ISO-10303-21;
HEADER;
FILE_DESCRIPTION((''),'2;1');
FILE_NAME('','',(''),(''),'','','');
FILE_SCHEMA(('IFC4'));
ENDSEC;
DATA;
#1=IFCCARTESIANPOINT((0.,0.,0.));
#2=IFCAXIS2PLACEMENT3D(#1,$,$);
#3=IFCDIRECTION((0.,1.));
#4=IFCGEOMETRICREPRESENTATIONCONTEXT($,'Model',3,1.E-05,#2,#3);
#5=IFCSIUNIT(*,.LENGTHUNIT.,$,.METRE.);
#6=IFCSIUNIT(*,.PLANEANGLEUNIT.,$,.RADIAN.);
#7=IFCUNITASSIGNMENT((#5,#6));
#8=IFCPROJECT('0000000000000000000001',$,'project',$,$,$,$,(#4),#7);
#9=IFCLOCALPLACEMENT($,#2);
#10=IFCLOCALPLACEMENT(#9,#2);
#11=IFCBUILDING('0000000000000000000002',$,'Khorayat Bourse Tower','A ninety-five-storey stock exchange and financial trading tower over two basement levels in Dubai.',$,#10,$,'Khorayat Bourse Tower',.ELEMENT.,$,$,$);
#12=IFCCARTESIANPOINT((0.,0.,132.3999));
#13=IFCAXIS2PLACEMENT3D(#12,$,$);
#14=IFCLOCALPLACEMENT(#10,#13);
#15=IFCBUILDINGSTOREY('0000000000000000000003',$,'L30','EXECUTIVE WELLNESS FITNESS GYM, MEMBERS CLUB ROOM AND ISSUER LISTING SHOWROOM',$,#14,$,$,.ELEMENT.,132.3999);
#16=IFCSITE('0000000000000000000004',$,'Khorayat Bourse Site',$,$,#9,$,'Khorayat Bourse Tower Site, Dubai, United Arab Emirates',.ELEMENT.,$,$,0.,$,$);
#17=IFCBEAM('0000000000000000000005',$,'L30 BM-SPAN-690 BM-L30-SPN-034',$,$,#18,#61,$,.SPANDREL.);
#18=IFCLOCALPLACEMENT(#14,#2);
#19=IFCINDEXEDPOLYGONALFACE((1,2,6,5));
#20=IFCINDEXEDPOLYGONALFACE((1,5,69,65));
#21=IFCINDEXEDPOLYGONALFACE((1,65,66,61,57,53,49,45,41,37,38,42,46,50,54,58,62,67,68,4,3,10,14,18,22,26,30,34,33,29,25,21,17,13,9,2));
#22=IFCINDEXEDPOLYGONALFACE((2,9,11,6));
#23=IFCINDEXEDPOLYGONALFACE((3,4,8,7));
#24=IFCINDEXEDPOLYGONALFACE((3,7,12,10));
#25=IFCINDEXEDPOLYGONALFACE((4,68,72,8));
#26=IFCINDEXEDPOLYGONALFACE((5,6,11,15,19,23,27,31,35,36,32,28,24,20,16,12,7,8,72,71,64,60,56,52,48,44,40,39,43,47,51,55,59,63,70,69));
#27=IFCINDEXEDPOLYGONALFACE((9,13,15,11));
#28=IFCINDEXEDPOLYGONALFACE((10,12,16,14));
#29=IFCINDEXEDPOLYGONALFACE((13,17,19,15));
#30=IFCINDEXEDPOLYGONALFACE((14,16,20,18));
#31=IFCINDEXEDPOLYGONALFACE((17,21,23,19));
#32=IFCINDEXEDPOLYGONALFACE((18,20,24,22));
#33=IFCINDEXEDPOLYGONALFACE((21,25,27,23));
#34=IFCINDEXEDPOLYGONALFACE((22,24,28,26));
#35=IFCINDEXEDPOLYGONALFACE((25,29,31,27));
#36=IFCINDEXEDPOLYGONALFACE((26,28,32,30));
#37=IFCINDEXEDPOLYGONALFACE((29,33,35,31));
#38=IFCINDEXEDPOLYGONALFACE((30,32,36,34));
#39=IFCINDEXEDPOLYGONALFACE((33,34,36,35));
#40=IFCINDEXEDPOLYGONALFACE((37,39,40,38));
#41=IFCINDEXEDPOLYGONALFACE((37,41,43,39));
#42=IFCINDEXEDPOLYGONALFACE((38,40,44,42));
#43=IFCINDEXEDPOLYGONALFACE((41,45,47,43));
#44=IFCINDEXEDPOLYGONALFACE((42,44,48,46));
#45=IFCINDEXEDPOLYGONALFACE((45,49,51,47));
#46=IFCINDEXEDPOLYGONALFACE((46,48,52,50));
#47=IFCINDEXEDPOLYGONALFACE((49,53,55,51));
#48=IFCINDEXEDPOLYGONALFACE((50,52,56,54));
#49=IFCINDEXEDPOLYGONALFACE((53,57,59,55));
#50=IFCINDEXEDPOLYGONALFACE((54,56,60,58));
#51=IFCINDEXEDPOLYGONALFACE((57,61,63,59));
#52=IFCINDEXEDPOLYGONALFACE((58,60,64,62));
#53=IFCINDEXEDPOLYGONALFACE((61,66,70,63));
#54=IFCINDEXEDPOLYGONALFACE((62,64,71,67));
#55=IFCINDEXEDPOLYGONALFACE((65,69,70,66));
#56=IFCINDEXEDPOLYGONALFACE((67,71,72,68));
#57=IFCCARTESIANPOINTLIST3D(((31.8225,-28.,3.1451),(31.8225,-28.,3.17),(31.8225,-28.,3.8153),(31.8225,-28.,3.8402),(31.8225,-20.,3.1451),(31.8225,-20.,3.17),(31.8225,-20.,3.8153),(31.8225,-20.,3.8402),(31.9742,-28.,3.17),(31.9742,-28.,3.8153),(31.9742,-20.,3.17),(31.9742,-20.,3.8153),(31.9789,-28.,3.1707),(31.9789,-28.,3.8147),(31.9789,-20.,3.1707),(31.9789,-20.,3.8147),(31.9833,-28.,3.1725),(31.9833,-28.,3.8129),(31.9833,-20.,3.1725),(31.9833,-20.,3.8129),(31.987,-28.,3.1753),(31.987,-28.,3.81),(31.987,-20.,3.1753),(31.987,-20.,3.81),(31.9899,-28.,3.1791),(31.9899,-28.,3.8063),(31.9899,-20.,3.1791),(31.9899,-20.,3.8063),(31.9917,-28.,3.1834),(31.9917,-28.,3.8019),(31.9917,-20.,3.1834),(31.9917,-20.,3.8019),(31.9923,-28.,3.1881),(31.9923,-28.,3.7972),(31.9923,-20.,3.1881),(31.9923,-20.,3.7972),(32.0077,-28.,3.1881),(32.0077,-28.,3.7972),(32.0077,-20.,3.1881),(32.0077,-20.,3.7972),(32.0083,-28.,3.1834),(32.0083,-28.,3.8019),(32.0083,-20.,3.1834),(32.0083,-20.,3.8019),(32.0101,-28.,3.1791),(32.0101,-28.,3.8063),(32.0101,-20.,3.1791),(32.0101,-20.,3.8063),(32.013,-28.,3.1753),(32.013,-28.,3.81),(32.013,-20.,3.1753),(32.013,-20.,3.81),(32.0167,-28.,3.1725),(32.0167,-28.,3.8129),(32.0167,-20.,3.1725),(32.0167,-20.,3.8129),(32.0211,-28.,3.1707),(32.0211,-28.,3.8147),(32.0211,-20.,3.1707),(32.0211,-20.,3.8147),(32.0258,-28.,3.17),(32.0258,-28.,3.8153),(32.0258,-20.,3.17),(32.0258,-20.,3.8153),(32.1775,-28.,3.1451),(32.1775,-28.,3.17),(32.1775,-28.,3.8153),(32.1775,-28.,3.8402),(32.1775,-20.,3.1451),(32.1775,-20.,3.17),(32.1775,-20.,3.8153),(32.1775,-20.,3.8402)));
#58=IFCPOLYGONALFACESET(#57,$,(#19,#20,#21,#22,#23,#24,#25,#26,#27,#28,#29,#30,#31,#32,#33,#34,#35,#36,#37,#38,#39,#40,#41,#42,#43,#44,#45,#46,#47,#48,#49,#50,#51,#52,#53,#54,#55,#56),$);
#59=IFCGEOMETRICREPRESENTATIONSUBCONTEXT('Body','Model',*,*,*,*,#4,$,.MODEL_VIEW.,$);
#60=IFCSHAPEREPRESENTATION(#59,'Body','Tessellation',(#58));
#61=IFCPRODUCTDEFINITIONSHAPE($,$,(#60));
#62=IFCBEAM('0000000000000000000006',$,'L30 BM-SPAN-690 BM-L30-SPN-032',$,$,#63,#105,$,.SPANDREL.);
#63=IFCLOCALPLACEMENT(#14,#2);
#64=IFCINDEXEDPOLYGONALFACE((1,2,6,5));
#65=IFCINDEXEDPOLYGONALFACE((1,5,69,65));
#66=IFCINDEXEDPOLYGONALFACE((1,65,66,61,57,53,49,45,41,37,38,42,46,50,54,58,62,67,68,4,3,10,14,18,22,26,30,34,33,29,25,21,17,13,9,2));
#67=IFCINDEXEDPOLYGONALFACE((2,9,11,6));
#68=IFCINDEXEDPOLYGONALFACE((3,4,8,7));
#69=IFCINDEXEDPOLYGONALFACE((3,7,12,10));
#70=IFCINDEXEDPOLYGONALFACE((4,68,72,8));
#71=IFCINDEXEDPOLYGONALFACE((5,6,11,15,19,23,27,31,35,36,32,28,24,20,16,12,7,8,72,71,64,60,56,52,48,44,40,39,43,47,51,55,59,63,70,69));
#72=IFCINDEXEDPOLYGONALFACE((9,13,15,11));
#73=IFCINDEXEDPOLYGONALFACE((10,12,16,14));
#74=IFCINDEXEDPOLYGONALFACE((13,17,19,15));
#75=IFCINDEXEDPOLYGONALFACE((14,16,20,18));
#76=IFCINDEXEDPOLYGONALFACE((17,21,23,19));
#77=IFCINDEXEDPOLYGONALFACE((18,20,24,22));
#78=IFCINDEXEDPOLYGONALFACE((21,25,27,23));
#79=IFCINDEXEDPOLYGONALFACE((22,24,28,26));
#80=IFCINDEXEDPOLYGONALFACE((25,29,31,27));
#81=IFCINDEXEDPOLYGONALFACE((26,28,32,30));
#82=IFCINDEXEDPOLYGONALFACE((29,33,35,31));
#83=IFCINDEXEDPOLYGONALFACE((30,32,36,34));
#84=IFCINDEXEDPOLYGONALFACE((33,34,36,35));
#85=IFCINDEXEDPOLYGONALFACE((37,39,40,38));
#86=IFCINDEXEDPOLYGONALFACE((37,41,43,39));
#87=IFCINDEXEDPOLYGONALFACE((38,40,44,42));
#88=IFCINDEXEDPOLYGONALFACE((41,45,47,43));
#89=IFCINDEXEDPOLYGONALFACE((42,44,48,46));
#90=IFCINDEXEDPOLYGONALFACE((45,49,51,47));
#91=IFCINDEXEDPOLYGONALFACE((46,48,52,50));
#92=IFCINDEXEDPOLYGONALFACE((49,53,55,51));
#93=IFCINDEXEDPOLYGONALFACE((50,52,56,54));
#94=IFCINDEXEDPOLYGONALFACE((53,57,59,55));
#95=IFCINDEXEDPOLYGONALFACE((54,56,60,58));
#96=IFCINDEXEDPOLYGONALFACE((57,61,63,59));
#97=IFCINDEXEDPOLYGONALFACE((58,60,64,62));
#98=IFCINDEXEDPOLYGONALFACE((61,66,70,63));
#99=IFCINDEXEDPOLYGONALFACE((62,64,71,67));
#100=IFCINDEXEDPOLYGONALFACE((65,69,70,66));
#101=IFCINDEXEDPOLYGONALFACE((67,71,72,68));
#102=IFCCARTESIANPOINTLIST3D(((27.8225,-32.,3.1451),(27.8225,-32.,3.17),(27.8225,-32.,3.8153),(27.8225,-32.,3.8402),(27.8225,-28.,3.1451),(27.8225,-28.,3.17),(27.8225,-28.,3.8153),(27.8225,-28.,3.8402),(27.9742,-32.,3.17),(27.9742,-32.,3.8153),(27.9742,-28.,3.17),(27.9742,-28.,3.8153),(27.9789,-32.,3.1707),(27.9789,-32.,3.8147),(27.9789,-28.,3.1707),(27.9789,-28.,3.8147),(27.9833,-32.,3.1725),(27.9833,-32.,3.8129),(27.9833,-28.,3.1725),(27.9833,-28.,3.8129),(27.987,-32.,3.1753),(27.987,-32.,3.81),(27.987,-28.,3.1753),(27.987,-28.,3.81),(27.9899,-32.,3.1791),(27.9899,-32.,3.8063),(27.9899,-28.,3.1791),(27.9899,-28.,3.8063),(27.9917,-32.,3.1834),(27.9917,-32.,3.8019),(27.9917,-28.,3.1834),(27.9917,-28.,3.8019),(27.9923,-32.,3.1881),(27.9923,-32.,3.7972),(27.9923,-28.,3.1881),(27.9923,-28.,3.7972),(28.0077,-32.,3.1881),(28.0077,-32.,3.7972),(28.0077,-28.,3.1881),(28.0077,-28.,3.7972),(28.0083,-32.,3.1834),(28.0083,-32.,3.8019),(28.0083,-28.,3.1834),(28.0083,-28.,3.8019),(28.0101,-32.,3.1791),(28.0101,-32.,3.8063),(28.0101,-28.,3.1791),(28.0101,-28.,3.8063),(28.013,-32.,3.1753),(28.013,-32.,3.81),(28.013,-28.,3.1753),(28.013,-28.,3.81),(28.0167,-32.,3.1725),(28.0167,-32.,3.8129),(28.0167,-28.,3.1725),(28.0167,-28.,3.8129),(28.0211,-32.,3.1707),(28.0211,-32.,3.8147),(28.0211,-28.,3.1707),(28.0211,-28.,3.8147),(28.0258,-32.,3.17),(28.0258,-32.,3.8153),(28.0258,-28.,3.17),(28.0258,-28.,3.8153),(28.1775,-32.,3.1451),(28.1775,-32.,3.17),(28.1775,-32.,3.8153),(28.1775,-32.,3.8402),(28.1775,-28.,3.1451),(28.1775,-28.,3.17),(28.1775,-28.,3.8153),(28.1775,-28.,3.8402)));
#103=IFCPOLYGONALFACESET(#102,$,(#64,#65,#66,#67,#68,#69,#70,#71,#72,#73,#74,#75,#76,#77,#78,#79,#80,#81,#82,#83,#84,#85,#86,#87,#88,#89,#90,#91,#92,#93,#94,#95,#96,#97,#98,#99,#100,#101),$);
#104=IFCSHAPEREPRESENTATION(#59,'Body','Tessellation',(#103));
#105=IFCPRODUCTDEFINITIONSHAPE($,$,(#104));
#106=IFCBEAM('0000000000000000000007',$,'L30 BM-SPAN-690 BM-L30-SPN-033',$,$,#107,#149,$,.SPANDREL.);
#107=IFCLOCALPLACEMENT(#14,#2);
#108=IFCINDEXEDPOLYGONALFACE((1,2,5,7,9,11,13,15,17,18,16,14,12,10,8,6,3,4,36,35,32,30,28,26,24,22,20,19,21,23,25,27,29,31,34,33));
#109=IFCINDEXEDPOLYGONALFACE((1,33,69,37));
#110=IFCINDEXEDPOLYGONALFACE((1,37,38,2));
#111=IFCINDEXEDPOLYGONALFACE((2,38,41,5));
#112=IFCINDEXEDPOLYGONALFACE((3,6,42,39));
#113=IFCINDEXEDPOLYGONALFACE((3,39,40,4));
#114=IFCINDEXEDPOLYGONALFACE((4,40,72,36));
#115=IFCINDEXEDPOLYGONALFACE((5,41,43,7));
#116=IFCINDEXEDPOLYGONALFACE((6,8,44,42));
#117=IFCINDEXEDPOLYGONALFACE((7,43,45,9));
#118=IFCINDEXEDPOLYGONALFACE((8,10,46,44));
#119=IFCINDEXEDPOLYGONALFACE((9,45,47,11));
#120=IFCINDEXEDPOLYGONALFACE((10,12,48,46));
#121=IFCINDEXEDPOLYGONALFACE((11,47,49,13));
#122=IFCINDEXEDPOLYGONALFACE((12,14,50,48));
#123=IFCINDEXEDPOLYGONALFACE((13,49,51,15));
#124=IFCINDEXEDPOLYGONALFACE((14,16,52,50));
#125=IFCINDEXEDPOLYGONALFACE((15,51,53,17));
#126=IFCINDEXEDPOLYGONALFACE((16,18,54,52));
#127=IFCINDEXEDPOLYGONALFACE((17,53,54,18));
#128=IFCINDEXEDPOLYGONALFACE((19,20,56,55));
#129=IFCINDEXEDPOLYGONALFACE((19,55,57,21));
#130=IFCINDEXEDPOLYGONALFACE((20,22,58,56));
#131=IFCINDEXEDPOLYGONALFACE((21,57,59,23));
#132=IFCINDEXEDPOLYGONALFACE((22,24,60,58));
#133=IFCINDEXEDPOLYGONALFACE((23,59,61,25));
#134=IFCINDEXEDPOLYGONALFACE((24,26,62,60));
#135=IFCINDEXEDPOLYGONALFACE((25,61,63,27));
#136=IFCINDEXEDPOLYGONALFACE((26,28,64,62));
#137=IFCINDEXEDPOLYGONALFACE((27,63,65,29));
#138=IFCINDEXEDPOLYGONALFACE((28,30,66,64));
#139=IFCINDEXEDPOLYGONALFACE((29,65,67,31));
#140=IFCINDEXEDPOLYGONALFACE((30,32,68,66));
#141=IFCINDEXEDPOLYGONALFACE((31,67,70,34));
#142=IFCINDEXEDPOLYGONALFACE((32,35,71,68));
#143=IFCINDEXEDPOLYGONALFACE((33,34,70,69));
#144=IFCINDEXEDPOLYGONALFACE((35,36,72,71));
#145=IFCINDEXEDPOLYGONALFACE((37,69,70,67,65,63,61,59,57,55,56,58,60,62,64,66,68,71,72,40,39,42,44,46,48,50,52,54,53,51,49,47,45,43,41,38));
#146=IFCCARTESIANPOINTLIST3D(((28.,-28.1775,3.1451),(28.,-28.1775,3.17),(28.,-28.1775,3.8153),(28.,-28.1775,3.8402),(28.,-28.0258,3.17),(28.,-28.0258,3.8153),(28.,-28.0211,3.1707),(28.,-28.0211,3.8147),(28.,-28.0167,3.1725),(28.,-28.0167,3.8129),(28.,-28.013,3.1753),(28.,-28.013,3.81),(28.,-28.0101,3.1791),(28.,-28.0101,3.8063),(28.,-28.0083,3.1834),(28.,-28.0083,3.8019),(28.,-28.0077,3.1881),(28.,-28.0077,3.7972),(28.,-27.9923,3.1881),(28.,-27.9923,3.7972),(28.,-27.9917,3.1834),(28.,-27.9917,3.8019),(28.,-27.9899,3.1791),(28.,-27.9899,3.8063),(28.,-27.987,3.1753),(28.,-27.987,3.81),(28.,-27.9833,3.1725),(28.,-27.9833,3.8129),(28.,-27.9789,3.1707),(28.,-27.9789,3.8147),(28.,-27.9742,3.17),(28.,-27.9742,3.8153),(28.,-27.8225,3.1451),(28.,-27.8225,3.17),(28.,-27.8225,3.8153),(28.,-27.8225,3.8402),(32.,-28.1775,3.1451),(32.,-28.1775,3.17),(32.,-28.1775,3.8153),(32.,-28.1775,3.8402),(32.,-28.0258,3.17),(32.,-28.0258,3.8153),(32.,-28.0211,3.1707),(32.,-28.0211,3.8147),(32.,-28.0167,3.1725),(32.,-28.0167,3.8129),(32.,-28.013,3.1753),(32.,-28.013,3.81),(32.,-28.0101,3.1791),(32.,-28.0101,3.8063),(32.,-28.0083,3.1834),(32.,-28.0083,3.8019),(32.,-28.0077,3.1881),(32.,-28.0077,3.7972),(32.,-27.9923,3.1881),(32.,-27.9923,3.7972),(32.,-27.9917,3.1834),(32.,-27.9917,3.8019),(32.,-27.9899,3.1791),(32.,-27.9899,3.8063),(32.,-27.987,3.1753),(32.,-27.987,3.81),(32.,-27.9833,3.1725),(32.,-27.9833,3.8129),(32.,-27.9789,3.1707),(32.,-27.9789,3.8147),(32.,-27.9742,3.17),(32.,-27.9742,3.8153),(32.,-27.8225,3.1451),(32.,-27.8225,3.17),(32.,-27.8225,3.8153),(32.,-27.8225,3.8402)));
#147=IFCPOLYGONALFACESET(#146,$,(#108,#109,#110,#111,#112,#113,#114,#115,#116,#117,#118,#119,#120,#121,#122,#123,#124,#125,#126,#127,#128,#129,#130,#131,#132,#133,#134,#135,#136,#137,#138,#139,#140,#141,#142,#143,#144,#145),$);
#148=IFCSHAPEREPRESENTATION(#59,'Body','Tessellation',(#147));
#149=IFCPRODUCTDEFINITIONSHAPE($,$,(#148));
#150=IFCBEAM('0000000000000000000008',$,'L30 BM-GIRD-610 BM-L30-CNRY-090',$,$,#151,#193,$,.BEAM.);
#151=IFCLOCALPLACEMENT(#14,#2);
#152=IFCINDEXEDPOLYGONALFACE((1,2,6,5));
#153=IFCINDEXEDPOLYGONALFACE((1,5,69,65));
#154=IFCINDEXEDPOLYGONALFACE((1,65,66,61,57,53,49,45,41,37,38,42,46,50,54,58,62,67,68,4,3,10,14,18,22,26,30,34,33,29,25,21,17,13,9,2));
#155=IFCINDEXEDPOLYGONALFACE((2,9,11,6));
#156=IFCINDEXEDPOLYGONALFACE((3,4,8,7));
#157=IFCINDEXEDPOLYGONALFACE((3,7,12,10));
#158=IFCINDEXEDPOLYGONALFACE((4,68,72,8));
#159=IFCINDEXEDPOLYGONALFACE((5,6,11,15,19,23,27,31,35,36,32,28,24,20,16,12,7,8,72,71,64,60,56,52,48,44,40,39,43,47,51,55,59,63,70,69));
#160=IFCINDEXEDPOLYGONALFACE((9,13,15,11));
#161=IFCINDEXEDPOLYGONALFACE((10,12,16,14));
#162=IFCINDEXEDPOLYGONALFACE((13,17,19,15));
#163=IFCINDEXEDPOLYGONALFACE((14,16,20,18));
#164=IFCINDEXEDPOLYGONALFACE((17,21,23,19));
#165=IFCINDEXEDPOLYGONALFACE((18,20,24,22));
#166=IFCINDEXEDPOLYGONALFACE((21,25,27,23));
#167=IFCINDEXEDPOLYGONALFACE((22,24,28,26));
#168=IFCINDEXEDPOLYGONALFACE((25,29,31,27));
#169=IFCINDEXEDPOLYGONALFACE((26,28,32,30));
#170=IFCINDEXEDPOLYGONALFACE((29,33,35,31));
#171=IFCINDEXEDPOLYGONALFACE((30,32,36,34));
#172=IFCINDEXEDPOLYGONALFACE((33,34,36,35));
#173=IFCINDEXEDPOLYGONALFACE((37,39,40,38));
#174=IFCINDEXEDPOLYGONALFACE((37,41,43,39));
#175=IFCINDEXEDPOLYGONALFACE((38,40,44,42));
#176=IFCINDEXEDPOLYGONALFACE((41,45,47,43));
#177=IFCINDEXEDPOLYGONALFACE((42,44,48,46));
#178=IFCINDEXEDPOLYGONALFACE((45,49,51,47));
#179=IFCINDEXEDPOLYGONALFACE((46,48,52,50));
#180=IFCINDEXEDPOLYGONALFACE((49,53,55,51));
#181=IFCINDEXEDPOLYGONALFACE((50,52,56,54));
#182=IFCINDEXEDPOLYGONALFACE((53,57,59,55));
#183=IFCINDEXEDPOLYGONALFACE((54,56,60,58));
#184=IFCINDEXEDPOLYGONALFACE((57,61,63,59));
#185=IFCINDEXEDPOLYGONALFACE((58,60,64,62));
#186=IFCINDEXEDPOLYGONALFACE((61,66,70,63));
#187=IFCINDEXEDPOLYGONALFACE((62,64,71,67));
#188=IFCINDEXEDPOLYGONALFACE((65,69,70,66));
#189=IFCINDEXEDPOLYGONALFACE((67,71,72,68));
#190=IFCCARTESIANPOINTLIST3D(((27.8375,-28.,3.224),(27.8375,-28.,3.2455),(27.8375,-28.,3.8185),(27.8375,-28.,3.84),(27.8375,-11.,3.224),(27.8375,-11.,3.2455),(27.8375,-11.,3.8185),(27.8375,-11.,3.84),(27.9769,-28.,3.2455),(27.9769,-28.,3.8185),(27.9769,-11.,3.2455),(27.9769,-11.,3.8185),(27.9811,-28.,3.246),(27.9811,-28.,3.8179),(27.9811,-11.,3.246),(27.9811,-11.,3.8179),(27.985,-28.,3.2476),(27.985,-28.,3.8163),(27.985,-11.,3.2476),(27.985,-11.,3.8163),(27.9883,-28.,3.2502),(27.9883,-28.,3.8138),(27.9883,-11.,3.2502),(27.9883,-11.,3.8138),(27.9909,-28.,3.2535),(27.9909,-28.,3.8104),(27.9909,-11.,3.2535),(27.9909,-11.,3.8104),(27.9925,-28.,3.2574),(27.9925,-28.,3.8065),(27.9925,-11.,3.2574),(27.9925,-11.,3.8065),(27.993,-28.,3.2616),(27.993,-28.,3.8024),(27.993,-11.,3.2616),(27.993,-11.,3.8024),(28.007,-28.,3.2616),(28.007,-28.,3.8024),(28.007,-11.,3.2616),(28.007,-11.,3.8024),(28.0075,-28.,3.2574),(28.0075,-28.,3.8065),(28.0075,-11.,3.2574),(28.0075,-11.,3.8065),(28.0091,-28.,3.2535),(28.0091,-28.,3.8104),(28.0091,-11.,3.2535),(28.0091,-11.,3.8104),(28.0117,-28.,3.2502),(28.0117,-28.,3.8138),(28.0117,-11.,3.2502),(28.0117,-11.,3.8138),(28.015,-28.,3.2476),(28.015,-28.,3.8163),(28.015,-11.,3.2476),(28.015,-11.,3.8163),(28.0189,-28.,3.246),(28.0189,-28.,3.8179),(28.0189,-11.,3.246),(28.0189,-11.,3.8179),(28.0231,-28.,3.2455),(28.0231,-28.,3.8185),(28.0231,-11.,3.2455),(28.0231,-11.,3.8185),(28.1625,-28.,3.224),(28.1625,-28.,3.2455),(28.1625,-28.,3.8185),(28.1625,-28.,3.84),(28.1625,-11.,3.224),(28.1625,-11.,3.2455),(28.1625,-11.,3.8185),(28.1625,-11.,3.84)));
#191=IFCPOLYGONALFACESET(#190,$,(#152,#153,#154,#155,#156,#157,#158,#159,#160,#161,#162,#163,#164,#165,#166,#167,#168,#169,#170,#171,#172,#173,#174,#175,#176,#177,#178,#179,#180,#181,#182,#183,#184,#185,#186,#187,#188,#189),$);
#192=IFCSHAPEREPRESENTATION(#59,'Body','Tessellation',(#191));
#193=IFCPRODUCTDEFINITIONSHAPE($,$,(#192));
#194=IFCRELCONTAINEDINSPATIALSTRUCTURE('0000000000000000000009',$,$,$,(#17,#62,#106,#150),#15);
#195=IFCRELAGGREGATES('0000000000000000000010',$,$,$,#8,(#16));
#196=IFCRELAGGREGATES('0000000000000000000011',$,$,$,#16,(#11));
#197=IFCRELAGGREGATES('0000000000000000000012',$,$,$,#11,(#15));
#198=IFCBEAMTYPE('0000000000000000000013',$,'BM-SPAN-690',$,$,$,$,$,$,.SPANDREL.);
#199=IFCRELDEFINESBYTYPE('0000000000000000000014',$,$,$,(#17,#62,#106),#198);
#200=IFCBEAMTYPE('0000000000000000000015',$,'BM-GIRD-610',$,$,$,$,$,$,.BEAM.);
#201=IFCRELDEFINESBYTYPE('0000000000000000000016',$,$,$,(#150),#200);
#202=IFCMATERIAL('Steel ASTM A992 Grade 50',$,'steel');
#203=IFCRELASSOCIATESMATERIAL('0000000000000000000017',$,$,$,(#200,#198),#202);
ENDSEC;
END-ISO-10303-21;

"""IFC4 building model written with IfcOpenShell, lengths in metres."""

from ifc_helpers import new_model, si_unit, direction, frame, origin, origin_2d, place, context, subcontext, project, spatial, i_section, extrude, source, transform, mapped, material, material_profile, profile_set, type_object, element, save


model = new_model("IFC4")

# Units and contexts
model_context = context("Model", 3, precision=1e-05, world=origin(), true_north=direction((0.0, 1.0)))
body_context = subcontext(model_context, "Body", "Model", "MODEL_VIEW")
ifc_project = project(units=[si_unit("LENGTHUNIT", "METRE"), si_unit("PLANEANGLEUNIT", "RADIAN")], contexts=[model_context])

# Site, building, storey
site_placement = place(None, origin())
site = spatial("IfcSite", under=ifc_project, at=site_placement, Name="Khorayat Bourse Site", LongName="Khorayat Bourse Tower Site, Dubai, United Arab Emirates", CompositionType="ELEMENT", RefElevation=0.0)
building_placement = place(site_placement, origin())
building = spatial("IfcBuilding", under=site, at=building_placement, Name="Khorayat Bourse Tower", Description="A ninety-five-storey stock exchange and financial trading tower over two basement levels in Dubai.", LongName="Khorayat Bourse Tower", CompositionType="ELEMENT")
storey_placement = place(building_placement, frame((0.0, 0.0, 132.3999)))
storey = spatial("IfcBuildingStorey", under=building, at=storey_placement, Name="L30", Description="EXECUTIVE WELLNESS FITNESS GYM, MEMBERS CLUB ROOM AND ISSUER LISTING SHOWROOM", CompositionType="ELEMENT", Elevation=132.3999)

# Beams
ifc_material_1 = material(Name="Steel ASTM A992 Grade 50", Category="steel")
ifc_material_profile_1 = material_profile(ifc_material_1, i_section(OverallWidth=0.325, OverallDepth=0.616, WebThickness=0.0139, FlangeThickness=0.0215, FilletRadius=0.0161, at=origin_2d()), Name="W610X174")
ifc_profile_set_1 = profile_set([ifc_material_profile_1], Name="Steel ASTM A992 Grade 50")
beam_type_1 = type_object("IfcBeamType", Name="BM-GIRD-610", PredefinedType="BEAM", material=ifc_profile_set_1)
ifc_material_profile_2 = material_profile(ifc_material_1, i_section(OverallWidth=0.355, OverallDepth=0.6951, WebThickness=0.0154, FlangeThickness=0.0249, FilletRadius=0.0181, at=origin_2d()), Name="W690X217")
ifc_profile_set_2 = profile_set([ifc_material_profile_2], Name="Steel ASTM A992 Grade 50")
beam_type_2 = type_object("IfcBeamType", Name="BM-SPAN-690", PredefinedType="SPANDREL", material=ifc_profile_set_2)
shared_shape_1 = source(origin(), body_context, "Body", "SweptSolid", [
    extrude(i_section(OverallWidth=0.355, OverallDepth=0.6951, WebThickness=0.0154, FlangeThickness=0.0249, FilletRadius=0.0181, at=origin_2d()), origin(), (0.0, 0.0, 1.0), 8.0),
])
for number, where, z_axis, x_axis, name in (
    (1, (32.0, -28.0, 3.4927), (0.0, 1.0, 0.0), (-1.0, 0.0, 0.0), "L30 BM-SPAN-690 BM-L30-SPN-034"),
):
    element("IfcBeam", number, at=place(storey_placement, frame(where, z_axis=z_axis, x_axis=x_axis)), inside=storey, type_object=beam_type_2, Name=name, PredefinedType="SPANDREL", context=body_context, shape_type="MappedRepresentation", body=[
        mapped(shared_shape_1, transform((0.0, 0.0, 0.0), scale=1.0)),
    ])
shared_shape_2 = source(origin(), body_context, "Body", "SweptSolid", [
    extrude(i_section(OverallWidth=0.355, OverallDepth=0.6951, WebThickness=0.0154, FlangeThickness=0.0249, FilletRadius=0.0181, at=origin_2d()), origin(), (0.0, 0.0, 1.0), 4.0),
])
for number, where, z_axis, x_axis, name in (
    (2, (28.0, -32.0, 3.4927), (0.0, 1.0, 0.0), (-1.0, 0.0, 0.0), "L30 BM-SPAN-690 BM-L30-SPN-032"),
    (3, (28.0, -28.0, 3.4927), (1.0, 0.0, 0.0), (0.0, 1.0, 0.0), "L30 BM-SPAN-690 BM-L30-SPN-033"),
):
    element("IfcBeam", number, at=place(storey_placement, frame(where, z_axis=z_axis, x_axis=x_axis)), inside=storey, type_object=beam_type_2, Name=name, PredefinedType="SPANDREL", context=body_context, shape_type="MappedRepresentation", body=[
        mapped(shared_shape_2, transform((0.0, 0.0, 0.0), scale=1.0)),
    ])
shared_shape_3 = source(origin(), body_context, "Body", "SweptSolid", [
    extrude(i_section(OverallWidth=0.325, OverallDepth=0.616, WebThickness=0.0139, FlangeThickness=0.0215, FilletRadius=0.0161, at=origin_2d()), origin(), (0.0, 0.0, 1.0), 17.0),
])
beam_1_placement = place(storey_placement, frame((28.0, -28.0, 3.532), z_axis=(0.0, 1.0, 0.0), x_axis=(-1.0, 0.0, 0.0)))
element("IfcBeam", 4, at=beam_1_placement, inside=storey, type_object=beam_type_1, Name="L30 BM-GIRD-610 BM-L30-CNRY-090", PredefinedType="BEAM", context=body_context, shape_type="MappedRepresentation", body=[
    mapped(shared_shape_3, transform((0.0, 0.0, 0.0), scale=1.0)),
])

save(model, "model.ifc")
